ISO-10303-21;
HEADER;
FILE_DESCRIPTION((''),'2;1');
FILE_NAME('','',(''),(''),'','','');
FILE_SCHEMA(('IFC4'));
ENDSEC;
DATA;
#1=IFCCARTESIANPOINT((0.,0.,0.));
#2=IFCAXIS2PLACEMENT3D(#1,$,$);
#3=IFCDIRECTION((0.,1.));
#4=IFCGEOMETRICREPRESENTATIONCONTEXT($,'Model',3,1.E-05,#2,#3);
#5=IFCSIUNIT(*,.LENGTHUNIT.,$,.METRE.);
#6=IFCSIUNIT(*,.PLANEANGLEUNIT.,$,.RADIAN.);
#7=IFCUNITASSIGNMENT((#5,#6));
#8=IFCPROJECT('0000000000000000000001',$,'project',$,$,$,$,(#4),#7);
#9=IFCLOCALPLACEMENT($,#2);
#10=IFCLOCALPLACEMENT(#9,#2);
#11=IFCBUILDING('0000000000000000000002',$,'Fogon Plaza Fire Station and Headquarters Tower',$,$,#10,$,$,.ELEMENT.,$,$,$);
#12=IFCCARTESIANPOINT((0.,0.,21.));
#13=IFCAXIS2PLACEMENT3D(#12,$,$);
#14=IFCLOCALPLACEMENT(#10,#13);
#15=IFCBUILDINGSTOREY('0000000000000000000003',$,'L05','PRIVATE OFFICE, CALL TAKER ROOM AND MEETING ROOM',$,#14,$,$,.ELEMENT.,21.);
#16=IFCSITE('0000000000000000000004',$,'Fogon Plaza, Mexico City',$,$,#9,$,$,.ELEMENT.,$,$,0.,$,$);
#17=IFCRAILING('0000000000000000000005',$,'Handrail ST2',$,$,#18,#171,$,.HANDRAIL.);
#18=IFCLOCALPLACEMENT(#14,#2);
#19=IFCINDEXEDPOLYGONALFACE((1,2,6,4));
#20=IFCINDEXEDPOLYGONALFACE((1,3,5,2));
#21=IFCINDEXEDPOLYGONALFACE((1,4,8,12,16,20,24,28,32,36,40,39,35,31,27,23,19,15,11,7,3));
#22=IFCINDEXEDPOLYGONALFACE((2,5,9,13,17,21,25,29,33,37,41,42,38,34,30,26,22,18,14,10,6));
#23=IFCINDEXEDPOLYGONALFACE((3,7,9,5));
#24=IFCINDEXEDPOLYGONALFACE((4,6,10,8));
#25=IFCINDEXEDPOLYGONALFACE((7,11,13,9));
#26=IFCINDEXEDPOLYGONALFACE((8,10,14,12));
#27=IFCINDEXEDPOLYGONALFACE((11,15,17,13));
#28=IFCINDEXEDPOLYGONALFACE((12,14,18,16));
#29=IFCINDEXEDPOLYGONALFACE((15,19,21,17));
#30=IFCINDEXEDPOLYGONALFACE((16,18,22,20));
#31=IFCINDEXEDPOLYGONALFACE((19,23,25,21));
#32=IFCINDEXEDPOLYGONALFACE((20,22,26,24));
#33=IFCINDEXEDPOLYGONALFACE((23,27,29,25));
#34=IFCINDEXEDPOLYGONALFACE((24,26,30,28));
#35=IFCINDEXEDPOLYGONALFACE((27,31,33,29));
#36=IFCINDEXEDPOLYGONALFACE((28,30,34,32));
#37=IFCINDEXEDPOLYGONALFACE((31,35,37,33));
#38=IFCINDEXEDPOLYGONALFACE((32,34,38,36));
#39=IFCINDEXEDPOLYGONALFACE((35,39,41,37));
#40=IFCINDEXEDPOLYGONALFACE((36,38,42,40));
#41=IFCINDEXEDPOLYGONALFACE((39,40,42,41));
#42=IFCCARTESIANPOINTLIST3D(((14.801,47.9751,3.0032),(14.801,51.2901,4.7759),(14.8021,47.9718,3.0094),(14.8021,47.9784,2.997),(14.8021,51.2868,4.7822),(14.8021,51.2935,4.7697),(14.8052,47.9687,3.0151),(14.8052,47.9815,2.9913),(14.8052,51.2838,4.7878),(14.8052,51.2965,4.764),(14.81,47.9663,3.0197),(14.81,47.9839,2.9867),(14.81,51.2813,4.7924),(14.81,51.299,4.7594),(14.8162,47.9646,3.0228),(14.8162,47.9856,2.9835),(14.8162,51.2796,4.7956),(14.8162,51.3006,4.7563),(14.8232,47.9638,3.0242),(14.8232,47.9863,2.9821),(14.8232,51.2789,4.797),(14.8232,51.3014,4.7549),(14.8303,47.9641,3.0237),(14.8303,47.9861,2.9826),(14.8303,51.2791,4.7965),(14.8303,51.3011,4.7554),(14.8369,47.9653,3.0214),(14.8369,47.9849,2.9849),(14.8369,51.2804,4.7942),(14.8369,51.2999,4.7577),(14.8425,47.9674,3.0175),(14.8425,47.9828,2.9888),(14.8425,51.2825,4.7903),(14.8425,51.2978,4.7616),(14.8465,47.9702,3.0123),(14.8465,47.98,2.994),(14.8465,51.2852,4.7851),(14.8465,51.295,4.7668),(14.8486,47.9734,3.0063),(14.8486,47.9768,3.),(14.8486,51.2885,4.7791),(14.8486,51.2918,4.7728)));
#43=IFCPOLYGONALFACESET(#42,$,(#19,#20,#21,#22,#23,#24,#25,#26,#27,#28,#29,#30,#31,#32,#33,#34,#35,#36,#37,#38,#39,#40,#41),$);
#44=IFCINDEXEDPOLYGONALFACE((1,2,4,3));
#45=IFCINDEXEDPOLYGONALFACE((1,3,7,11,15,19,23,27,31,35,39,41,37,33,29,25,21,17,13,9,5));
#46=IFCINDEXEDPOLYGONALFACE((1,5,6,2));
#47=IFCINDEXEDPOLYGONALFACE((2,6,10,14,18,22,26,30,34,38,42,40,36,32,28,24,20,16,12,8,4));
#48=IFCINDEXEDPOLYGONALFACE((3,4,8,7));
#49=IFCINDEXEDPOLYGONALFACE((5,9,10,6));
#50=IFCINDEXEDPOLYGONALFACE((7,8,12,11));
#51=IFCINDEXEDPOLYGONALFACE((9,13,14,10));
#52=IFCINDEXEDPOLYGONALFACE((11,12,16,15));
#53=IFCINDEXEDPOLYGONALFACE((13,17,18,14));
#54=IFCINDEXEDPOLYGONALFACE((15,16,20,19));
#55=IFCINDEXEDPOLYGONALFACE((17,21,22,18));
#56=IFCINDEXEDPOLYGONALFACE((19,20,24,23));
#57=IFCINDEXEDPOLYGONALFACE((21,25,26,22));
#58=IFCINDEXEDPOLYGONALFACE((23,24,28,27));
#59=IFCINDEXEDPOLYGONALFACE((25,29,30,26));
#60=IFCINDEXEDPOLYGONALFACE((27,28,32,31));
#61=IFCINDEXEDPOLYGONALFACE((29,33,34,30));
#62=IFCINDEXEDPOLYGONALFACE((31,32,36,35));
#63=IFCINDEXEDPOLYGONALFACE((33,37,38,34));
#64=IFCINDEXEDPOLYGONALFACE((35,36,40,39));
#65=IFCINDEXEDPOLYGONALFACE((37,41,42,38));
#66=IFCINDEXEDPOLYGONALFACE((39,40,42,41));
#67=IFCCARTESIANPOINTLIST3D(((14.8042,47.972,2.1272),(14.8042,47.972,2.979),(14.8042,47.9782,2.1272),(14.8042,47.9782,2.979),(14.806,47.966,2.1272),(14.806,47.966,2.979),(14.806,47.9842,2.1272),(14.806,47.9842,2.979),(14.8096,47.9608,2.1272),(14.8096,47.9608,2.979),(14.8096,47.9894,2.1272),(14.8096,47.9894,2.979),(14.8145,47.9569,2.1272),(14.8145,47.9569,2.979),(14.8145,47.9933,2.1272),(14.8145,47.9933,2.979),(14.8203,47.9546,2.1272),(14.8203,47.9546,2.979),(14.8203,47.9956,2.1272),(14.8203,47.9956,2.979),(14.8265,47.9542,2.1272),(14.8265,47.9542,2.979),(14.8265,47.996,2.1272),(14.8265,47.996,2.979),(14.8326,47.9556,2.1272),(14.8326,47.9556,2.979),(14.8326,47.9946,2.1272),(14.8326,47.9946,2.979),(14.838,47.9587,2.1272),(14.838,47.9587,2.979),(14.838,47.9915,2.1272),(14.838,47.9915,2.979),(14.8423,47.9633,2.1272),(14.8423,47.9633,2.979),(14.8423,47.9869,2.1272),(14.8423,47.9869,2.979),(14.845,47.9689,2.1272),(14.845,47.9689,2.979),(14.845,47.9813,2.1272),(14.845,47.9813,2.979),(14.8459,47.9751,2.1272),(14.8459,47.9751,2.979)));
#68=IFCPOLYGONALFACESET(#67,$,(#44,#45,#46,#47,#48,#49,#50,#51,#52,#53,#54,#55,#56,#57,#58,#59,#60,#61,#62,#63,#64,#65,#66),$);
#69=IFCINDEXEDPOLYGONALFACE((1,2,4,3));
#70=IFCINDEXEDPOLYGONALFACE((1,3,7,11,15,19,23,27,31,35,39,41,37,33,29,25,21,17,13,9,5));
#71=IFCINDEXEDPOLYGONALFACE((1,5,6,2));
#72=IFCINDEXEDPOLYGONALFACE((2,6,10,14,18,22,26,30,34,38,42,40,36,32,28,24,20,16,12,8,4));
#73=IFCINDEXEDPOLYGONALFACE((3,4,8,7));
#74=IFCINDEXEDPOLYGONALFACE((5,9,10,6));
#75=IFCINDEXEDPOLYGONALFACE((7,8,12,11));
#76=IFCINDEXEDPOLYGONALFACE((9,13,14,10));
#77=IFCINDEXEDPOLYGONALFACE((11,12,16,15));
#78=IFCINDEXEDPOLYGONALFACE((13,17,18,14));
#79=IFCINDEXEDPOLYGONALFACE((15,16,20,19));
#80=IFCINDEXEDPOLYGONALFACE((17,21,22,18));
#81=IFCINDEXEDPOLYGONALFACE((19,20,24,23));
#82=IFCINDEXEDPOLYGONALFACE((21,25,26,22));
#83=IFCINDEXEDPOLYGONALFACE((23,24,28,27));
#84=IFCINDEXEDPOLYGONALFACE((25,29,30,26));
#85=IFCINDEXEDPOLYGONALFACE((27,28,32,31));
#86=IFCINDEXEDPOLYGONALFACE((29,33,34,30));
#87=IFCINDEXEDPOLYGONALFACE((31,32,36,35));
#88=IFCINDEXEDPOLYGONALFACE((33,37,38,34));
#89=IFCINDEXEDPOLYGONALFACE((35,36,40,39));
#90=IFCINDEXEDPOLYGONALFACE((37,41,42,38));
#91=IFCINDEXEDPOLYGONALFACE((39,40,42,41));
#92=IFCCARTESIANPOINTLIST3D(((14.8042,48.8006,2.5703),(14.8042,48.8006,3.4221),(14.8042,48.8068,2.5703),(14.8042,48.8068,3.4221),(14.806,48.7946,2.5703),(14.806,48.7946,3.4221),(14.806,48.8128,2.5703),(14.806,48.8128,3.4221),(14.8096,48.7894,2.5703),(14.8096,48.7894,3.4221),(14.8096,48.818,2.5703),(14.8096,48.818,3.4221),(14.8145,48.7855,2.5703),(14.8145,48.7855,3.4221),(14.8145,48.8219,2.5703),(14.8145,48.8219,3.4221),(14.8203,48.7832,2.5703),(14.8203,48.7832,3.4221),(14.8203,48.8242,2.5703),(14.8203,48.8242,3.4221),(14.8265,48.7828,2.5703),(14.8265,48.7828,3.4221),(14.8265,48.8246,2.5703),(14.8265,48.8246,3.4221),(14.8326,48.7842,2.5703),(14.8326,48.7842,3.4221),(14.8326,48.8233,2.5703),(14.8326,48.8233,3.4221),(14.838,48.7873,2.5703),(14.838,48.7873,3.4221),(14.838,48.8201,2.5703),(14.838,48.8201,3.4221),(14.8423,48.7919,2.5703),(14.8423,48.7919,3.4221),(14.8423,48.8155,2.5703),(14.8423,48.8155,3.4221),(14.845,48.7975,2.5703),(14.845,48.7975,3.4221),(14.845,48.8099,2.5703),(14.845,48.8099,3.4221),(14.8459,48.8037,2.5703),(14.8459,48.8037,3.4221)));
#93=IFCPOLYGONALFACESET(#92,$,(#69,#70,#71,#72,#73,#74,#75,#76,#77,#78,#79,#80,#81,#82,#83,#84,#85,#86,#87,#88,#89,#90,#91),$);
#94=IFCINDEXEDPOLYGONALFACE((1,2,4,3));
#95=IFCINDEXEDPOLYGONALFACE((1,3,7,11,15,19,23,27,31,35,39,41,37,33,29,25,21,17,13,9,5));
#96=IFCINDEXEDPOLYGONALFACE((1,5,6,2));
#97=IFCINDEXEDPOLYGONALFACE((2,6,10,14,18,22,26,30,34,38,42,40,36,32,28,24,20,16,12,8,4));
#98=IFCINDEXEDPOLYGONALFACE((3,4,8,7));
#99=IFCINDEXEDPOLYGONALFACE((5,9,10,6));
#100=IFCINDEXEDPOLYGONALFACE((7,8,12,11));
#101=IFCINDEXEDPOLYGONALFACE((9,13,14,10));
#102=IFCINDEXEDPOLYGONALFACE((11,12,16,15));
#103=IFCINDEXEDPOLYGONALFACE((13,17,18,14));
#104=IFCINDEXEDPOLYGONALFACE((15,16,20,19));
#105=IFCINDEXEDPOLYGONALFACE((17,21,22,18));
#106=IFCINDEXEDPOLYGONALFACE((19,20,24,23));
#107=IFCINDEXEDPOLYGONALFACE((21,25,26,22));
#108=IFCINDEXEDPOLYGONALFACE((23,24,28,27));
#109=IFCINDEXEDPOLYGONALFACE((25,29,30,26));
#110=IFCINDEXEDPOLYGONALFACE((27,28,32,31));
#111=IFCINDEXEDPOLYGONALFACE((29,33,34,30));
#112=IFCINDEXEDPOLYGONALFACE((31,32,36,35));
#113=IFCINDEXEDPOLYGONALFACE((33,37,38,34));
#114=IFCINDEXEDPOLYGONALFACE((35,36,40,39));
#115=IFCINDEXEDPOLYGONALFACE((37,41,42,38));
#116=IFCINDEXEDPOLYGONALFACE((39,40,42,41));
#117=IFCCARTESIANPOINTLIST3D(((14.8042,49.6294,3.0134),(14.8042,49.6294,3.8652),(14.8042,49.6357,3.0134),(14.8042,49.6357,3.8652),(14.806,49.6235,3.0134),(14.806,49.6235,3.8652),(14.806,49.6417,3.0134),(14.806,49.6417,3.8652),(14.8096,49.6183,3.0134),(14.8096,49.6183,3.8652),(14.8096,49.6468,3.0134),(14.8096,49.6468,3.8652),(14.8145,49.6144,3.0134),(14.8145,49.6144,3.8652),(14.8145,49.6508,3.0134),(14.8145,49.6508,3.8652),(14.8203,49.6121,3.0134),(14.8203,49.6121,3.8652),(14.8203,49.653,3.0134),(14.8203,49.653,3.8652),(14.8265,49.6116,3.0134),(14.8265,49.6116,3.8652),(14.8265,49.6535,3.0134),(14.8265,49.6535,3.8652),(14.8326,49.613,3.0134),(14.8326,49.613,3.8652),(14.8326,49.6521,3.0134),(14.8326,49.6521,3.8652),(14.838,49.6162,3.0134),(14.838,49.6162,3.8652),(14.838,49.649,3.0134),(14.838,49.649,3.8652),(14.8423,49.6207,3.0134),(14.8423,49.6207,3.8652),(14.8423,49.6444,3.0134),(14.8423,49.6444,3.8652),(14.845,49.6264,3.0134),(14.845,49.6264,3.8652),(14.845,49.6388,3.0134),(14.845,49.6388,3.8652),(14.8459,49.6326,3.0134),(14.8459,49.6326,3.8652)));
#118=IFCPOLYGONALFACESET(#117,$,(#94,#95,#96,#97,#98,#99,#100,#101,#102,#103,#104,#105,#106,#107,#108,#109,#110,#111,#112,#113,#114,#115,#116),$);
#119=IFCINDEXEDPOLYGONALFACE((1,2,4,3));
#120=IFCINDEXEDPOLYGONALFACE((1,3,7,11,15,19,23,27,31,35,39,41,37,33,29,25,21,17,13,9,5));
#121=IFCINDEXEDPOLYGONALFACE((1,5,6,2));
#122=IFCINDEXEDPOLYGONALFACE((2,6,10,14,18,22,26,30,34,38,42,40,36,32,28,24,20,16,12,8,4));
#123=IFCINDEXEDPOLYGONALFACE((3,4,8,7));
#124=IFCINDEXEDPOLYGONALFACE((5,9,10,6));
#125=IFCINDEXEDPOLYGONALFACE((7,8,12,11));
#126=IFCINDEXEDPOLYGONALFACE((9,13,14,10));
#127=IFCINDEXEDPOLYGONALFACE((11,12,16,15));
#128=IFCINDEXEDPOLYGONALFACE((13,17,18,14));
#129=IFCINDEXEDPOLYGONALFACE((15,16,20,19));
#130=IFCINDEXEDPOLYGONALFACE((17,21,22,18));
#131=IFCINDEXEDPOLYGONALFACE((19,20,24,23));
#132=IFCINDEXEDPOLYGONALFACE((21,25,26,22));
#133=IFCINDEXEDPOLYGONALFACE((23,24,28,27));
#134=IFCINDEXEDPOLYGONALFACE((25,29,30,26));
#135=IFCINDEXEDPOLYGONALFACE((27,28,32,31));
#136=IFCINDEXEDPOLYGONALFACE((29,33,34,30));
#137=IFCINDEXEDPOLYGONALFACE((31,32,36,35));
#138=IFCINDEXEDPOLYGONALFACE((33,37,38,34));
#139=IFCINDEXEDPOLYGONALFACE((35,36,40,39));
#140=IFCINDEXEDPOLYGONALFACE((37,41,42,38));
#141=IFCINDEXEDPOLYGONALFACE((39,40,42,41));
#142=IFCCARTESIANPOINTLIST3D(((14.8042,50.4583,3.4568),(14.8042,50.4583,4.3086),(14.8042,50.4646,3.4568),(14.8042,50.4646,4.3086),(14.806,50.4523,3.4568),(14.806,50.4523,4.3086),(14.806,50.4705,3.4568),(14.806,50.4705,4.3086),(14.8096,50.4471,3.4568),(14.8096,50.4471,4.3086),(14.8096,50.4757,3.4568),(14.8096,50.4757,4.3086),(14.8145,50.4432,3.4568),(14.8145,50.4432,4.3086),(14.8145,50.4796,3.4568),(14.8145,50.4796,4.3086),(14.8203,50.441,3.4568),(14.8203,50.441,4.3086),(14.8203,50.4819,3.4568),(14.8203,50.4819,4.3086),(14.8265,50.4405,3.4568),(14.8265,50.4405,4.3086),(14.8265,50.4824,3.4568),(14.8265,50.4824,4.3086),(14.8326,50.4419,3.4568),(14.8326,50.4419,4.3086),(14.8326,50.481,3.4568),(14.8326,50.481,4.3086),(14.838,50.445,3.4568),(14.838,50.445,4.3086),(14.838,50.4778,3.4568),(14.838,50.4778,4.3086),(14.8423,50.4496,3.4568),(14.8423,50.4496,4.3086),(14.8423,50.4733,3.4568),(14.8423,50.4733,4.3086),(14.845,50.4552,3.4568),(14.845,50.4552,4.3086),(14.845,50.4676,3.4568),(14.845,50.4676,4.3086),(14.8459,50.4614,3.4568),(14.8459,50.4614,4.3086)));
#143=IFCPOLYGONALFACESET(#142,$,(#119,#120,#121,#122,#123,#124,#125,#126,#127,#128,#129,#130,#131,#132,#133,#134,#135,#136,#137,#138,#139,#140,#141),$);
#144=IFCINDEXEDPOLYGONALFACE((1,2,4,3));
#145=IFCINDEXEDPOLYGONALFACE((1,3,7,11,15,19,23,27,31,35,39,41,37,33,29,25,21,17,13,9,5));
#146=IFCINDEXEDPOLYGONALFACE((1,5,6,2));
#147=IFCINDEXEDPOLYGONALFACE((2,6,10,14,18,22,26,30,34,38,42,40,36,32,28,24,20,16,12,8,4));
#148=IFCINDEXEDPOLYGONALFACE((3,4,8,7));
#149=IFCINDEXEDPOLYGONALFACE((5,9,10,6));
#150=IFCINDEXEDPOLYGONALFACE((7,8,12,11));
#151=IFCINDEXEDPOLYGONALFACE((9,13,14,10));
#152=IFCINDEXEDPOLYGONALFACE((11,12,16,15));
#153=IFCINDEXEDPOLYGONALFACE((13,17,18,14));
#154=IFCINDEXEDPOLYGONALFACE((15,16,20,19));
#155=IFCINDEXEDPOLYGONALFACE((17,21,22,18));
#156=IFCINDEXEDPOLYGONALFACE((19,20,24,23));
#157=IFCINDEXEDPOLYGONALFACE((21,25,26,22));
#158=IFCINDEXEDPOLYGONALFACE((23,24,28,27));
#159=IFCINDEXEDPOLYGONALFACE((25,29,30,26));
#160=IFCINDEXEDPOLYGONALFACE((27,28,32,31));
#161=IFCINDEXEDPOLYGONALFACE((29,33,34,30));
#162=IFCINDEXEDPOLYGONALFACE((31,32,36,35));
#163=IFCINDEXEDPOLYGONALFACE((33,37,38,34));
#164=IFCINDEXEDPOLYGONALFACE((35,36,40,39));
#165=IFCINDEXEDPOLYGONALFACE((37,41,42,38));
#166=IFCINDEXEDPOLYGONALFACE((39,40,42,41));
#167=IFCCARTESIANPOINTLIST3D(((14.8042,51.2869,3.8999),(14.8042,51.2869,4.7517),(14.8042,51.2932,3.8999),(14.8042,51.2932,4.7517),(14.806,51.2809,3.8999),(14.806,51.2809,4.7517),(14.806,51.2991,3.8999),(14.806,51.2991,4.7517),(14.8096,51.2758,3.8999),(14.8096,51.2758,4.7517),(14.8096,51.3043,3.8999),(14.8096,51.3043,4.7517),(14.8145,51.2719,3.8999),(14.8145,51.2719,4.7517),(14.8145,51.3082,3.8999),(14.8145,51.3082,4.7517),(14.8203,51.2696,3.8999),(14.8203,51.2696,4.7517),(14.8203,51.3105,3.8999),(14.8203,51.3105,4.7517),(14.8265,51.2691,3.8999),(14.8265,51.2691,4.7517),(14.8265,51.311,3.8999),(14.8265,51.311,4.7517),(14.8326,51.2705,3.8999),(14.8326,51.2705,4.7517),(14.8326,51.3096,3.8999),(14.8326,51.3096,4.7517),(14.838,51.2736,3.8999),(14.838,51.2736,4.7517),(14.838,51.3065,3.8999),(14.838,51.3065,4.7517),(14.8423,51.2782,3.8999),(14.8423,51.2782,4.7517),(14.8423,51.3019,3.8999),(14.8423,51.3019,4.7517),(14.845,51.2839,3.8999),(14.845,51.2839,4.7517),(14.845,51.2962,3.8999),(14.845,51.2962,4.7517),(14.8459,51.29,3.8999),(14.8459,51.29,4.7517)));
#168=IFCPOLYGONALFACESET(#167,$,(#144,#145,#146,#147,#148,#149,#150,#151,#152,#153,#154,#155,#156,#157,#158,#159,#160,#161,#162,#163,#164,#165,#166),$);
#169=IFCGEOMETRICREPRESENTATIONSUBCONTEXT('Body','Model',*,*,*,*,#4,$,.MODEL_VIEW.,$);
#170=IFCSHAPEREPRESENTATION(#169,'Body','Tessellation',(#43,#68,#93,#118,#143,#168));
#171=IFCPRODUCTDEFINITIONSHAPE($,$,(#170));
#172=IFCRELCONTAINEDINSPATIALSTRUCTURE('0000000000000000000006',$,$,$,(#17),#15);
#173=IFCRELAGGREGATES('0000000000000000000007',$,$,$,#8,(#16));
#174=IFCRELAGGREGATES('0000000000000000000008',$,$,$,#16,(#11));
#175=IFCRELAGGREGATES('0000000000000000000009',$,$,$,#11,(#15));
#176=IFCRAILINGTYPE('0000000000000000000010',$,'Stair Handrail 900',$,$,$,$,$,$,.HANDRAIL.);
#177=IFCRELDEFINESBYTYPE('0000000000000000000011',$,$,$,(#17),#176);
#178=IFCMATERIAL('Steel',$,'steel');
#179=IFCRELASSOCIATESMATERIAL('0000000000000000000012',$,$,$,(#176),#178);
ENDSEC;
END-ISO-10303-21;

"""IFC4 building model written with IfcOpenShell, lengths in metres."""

from ifc_helpers import new_model, si_unit, direction, frame, origin, origin_2d, place, context, subcontext, project, spatial, circle, extrude, material, type_object, element, save


model = new_model("IFC4")

# Units and contexts
model_context = context("Model", 3, precision=1e-05, world=origin(), true_north=direction((0.0, 1.0)))
body_context = subcontext(model_context, "Body", "Model", "MODEL_VIEW")
ifc_project = project(units=[si_unit("LENGTHUNIT", "METRE"), si_unit("PLANEANGLEUNIT", "RADIAN")], contexts=[model_context])

# Site, building, storey
site_placement = place(None, origin())
site = spatial("IfcSite", under=ifc_project, at=site_placement, Name="Fogon Plaza, Mexico City", CompositionType="ELEMENT", RefElevation=0.0)
building_placement = place(site_placement, origin())
building = spatial("IfcBuilding", under=site, at=building_placement, Name="Fogon Plaza Fire Station and Headquarters Tower", CompositionType="ELEMENT")
storey_placement = place(building_placement, frame((0.0, 0.0, 21.0)))
storey = spatial("IfcBuildingStorey", under=building, at=storey_placement, Name="L05", Description="PRIVATE OFFICE, CALL TAKER ROOM AND MEETING ROOM", CompositionType="ELEMENT", Elevation=21.0)

# Railing
ifc_material_1 = material(Name="Steel", Category="steel")
railing_type = type_object("IfcRailingType", Name="Stair Handrail 900", PredefinedType="HANDRAIL", material=ifc_material_1)
for number, where, name in (
    (1, (14.825, 47.9751, 2.1272), "Handrail ST2"),
):
    element("IfcRailing", number, at=place(storey_placement, frame(where)), inside=storey, type_object=railing_type, Name=name, PredefinedType="HANDRAIL", context=body_context, shape_type="SweptSolid", body=[
        extrude(circle(Radius=0.0239, at=origin_2d()), frame((0.0, 0.0, 0.876), z_axis=(0.0, 0.881829, 0.471569), x_axis=(-1.0, 0.0, 0.0)), (0.0, 0.0, 1.0), 3.7593),
        extrude(circle(Radius=0.021, at=origin_2d()), origin(), (0.0, 0.0, 1.0), 0.8518),
        extrude(circle(Radius=0.021, at=origin_2d()), frame((0.0, 0.8286, 0.4431)), (0.0, 0.0, 1.0), 0.8518),
        extrude(circle(Radius=0.021, at=origin_2d()), frame((0.0, 1.6575, 0.8862)), (0.0, 0.0, 1.0), 0.8518),
        extrude(circle(Radius=0.021, at=origin_2d()), frame((0.0, 2.4863, 1.3296)), (0.0, 0.0, 1.0), 0.8518),
        extrude(circle(Radius=0.021, at=origin_2d()), frame((0.0, 3.3149, 1.7727)), (0.0, 0.0, 1.0), 0.8518),
    ])

save(model, "model.ifc")
